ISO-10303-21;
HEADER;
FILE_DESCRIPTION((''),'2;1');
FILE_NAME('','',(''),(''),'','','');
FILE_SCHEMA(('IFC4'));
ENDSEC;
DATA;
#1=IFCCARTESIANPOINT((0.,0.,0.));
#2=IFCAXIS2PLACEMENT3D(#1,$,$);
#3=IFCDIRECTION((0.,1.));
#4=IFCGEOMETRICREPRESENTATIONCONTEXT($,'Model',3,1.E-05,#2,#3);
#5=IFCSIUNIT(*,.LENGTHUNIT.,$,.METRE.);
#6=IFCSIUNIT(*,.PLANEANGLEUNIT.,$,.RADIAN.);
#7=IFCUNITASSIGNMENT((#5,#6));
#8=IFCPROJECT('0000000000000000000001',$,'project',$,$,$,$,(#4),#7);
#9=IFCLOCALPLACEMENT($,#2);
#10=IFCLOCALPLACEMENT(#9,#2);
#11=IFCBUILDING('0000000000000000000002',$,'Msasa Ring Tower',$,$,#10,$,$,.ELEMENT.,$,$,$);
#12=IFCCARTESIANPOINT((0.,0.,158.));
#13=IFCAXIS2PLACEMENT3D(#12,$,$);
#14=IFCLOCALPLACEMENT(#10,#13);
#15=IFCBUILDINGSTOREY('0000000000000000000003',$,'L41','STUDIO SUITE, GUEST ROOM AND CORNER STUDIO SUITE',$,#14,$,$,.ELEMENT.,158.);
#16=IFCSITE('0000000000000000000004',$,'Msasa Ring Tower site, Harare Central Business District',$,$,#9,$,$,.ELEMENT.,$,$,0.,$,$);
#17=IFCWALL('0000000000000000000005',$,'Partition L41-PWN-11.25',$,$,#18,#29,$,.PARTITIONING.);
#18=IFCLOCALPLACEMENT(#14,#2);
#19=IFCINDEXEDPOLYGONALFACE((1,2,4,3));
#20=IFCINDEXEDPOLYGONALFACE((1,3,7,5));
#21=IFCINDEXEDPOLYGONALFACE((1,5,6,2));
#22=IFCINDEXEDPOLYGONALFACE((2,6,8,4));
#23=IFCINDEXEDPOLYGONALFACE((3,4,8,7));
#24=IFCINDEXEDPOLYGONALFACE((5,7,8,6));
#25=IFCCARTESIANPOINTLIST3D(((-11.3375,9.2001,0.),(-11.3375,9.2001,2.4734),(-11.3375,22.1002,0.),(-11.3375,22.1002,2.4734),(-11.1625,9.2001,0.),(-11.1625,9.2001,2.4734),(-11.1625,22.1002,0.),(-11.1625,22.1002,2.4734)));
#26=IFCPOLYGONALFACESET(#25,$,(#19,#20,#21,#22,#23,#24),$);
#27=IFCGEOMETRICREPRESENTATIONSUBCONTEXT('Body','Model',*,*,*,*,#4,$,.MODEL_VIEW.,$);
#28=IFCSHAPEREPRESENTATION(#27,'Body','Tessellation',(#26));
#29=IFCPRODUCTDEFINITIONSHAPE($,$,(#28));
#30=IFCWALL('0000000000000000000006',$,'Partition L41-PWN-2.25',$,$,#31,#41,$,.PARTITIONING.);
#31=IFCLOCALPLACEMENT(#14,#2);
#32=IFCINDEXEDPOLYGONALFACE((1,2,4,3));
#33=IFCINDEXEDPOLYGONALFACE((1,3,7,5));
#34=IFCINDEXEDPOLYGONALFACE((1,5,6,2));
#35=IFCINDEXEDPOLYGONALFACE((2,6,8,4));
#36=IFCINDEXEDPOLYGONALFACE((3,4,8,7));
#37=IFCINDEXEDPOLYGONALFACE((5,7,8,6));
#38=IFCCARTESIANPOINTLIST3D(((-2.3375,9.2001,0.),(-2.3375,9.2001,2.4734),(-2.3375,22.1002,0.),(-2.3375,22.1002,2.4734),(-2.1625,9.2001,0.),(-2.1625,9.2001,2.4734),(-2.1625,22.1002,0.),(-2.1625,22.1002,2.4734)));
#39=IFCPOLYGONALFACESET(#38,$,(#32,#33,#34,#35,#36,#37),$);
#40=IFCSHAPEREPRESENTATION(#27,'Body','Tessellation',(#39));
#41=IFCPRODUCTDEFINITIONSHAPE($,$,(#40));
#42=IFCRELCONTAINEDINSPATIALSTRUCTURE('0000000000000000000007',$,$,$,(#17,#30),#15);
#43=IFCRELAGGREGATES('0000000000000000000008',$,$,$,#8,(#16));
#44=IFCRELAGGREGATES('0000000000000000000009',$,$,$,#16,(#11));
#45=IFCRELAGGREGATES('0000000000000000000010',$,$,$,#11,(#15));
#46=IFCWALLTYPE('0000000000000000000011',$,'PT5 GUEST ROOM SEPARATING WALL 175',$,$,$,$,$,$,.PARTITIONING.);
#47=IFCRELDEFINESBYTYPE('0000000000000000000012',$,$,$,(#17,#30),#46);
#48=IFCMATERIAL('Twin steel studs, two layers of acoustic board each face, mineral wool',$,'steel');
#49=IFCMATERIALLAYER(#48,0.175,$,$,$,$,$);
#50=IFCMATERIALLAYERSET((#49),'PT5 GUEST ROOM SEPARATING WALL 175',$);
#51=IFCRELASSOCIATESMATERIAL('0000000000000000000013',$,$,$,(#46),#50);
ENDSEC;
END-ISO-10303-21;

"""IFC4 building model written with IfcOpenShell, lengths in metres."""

from ifc_helpers import new_model, si_unit, direction, frame, frame_2d, origin, place, context, subcontext, project, spatial, rectangle, extrude, material, layer, layer_set, type_object, element, save


model = new_model("IFC4")

# Units and contexts
model_context = context("Model", 3, precision=1e-05, world=origin(), true_north=direction((0.0, 1.0)))
body_context = subcontext(model_context, "Body", "Model", "MODEL_VIEW")
ifc_project = project(units=[si_unit("LENGTHUNIT", "METRE"), si_unit("PLANEANGLEUNIT", "RADIAN")], contexts=[model_context])

# Site, building, storey
site_placement = place(None, origin())
site = spatial("IfcSite", under=ifc_project, at=site_placement, Name="Msasa Ring Tower site, Harare Central Business District", CompositionType="ELEMENT", RefElevation=0.0)
building_placement = place(site_placement, origin())
building = spatial("IfcBuilding", under=site, at=building_placement, Name="Msasa Ring Tower", CompositionType="ELEMENT")
storey_placement = place(building_placement, frame((0.0, 0.0, 158.0)))
storey = spatial("IfcBuildingStorey", under=building, at=storey_placement, Name="L41", Description="STUDIO SUITE, GUEST ROOM AND CORNER STUDIO SUITE", CompositionType="ELEMENT", Elevation=158.0)

# Walls
ifc_material_1 = material(Name="Twin steel studs, two layers of acoustic board each face, mineral wool", Category="steel")
ifc_layer_1 = layer(ifc_material_1, 0.175)
ifc_layer_set_1 = layer_set([ifc_layer_1], Name="PT5 GUEST ROOM SEPARATING WALL 175")
wall_type_1 = type_object("IfcWallType", Name="PT5 GUEST ROOM SEPARATING WALL 175", PredefinedType="PARTITIONING", material=ifc_layer_set_1)
for number, where, z_axis, x_axis, name in (
    (1, (-11.25, 9.2, 0.0), (0.0, 0.0, 1.0), (0.0, 1.0, 0.0), "Partition L41-PWN-11.25"),
    (2, (-2.25, 9.2, 0.0), (0.0, 0.0, 1.0), (0.0, 1.0, 0.0), "Partition L41-PWN-2.25"),
):
    element("IfcWall", number, at=place(storey_placement, frame(where, z_axis=z_axis, x_axis=x_axis)), inside=storey, type_object=wall_type_1, Name=name, PredefinedType="PARTITIONING", context=body_context, shape_type="SweptSolid", body=[
        extrude(rectangle(XDim=12.9001, YDim=0.175, at=frame_2d((6.4502, 0.0))), origin(), (0.0, 0.0, 1.0), 2.4734),
    ])

save(model, "model.ifc")
